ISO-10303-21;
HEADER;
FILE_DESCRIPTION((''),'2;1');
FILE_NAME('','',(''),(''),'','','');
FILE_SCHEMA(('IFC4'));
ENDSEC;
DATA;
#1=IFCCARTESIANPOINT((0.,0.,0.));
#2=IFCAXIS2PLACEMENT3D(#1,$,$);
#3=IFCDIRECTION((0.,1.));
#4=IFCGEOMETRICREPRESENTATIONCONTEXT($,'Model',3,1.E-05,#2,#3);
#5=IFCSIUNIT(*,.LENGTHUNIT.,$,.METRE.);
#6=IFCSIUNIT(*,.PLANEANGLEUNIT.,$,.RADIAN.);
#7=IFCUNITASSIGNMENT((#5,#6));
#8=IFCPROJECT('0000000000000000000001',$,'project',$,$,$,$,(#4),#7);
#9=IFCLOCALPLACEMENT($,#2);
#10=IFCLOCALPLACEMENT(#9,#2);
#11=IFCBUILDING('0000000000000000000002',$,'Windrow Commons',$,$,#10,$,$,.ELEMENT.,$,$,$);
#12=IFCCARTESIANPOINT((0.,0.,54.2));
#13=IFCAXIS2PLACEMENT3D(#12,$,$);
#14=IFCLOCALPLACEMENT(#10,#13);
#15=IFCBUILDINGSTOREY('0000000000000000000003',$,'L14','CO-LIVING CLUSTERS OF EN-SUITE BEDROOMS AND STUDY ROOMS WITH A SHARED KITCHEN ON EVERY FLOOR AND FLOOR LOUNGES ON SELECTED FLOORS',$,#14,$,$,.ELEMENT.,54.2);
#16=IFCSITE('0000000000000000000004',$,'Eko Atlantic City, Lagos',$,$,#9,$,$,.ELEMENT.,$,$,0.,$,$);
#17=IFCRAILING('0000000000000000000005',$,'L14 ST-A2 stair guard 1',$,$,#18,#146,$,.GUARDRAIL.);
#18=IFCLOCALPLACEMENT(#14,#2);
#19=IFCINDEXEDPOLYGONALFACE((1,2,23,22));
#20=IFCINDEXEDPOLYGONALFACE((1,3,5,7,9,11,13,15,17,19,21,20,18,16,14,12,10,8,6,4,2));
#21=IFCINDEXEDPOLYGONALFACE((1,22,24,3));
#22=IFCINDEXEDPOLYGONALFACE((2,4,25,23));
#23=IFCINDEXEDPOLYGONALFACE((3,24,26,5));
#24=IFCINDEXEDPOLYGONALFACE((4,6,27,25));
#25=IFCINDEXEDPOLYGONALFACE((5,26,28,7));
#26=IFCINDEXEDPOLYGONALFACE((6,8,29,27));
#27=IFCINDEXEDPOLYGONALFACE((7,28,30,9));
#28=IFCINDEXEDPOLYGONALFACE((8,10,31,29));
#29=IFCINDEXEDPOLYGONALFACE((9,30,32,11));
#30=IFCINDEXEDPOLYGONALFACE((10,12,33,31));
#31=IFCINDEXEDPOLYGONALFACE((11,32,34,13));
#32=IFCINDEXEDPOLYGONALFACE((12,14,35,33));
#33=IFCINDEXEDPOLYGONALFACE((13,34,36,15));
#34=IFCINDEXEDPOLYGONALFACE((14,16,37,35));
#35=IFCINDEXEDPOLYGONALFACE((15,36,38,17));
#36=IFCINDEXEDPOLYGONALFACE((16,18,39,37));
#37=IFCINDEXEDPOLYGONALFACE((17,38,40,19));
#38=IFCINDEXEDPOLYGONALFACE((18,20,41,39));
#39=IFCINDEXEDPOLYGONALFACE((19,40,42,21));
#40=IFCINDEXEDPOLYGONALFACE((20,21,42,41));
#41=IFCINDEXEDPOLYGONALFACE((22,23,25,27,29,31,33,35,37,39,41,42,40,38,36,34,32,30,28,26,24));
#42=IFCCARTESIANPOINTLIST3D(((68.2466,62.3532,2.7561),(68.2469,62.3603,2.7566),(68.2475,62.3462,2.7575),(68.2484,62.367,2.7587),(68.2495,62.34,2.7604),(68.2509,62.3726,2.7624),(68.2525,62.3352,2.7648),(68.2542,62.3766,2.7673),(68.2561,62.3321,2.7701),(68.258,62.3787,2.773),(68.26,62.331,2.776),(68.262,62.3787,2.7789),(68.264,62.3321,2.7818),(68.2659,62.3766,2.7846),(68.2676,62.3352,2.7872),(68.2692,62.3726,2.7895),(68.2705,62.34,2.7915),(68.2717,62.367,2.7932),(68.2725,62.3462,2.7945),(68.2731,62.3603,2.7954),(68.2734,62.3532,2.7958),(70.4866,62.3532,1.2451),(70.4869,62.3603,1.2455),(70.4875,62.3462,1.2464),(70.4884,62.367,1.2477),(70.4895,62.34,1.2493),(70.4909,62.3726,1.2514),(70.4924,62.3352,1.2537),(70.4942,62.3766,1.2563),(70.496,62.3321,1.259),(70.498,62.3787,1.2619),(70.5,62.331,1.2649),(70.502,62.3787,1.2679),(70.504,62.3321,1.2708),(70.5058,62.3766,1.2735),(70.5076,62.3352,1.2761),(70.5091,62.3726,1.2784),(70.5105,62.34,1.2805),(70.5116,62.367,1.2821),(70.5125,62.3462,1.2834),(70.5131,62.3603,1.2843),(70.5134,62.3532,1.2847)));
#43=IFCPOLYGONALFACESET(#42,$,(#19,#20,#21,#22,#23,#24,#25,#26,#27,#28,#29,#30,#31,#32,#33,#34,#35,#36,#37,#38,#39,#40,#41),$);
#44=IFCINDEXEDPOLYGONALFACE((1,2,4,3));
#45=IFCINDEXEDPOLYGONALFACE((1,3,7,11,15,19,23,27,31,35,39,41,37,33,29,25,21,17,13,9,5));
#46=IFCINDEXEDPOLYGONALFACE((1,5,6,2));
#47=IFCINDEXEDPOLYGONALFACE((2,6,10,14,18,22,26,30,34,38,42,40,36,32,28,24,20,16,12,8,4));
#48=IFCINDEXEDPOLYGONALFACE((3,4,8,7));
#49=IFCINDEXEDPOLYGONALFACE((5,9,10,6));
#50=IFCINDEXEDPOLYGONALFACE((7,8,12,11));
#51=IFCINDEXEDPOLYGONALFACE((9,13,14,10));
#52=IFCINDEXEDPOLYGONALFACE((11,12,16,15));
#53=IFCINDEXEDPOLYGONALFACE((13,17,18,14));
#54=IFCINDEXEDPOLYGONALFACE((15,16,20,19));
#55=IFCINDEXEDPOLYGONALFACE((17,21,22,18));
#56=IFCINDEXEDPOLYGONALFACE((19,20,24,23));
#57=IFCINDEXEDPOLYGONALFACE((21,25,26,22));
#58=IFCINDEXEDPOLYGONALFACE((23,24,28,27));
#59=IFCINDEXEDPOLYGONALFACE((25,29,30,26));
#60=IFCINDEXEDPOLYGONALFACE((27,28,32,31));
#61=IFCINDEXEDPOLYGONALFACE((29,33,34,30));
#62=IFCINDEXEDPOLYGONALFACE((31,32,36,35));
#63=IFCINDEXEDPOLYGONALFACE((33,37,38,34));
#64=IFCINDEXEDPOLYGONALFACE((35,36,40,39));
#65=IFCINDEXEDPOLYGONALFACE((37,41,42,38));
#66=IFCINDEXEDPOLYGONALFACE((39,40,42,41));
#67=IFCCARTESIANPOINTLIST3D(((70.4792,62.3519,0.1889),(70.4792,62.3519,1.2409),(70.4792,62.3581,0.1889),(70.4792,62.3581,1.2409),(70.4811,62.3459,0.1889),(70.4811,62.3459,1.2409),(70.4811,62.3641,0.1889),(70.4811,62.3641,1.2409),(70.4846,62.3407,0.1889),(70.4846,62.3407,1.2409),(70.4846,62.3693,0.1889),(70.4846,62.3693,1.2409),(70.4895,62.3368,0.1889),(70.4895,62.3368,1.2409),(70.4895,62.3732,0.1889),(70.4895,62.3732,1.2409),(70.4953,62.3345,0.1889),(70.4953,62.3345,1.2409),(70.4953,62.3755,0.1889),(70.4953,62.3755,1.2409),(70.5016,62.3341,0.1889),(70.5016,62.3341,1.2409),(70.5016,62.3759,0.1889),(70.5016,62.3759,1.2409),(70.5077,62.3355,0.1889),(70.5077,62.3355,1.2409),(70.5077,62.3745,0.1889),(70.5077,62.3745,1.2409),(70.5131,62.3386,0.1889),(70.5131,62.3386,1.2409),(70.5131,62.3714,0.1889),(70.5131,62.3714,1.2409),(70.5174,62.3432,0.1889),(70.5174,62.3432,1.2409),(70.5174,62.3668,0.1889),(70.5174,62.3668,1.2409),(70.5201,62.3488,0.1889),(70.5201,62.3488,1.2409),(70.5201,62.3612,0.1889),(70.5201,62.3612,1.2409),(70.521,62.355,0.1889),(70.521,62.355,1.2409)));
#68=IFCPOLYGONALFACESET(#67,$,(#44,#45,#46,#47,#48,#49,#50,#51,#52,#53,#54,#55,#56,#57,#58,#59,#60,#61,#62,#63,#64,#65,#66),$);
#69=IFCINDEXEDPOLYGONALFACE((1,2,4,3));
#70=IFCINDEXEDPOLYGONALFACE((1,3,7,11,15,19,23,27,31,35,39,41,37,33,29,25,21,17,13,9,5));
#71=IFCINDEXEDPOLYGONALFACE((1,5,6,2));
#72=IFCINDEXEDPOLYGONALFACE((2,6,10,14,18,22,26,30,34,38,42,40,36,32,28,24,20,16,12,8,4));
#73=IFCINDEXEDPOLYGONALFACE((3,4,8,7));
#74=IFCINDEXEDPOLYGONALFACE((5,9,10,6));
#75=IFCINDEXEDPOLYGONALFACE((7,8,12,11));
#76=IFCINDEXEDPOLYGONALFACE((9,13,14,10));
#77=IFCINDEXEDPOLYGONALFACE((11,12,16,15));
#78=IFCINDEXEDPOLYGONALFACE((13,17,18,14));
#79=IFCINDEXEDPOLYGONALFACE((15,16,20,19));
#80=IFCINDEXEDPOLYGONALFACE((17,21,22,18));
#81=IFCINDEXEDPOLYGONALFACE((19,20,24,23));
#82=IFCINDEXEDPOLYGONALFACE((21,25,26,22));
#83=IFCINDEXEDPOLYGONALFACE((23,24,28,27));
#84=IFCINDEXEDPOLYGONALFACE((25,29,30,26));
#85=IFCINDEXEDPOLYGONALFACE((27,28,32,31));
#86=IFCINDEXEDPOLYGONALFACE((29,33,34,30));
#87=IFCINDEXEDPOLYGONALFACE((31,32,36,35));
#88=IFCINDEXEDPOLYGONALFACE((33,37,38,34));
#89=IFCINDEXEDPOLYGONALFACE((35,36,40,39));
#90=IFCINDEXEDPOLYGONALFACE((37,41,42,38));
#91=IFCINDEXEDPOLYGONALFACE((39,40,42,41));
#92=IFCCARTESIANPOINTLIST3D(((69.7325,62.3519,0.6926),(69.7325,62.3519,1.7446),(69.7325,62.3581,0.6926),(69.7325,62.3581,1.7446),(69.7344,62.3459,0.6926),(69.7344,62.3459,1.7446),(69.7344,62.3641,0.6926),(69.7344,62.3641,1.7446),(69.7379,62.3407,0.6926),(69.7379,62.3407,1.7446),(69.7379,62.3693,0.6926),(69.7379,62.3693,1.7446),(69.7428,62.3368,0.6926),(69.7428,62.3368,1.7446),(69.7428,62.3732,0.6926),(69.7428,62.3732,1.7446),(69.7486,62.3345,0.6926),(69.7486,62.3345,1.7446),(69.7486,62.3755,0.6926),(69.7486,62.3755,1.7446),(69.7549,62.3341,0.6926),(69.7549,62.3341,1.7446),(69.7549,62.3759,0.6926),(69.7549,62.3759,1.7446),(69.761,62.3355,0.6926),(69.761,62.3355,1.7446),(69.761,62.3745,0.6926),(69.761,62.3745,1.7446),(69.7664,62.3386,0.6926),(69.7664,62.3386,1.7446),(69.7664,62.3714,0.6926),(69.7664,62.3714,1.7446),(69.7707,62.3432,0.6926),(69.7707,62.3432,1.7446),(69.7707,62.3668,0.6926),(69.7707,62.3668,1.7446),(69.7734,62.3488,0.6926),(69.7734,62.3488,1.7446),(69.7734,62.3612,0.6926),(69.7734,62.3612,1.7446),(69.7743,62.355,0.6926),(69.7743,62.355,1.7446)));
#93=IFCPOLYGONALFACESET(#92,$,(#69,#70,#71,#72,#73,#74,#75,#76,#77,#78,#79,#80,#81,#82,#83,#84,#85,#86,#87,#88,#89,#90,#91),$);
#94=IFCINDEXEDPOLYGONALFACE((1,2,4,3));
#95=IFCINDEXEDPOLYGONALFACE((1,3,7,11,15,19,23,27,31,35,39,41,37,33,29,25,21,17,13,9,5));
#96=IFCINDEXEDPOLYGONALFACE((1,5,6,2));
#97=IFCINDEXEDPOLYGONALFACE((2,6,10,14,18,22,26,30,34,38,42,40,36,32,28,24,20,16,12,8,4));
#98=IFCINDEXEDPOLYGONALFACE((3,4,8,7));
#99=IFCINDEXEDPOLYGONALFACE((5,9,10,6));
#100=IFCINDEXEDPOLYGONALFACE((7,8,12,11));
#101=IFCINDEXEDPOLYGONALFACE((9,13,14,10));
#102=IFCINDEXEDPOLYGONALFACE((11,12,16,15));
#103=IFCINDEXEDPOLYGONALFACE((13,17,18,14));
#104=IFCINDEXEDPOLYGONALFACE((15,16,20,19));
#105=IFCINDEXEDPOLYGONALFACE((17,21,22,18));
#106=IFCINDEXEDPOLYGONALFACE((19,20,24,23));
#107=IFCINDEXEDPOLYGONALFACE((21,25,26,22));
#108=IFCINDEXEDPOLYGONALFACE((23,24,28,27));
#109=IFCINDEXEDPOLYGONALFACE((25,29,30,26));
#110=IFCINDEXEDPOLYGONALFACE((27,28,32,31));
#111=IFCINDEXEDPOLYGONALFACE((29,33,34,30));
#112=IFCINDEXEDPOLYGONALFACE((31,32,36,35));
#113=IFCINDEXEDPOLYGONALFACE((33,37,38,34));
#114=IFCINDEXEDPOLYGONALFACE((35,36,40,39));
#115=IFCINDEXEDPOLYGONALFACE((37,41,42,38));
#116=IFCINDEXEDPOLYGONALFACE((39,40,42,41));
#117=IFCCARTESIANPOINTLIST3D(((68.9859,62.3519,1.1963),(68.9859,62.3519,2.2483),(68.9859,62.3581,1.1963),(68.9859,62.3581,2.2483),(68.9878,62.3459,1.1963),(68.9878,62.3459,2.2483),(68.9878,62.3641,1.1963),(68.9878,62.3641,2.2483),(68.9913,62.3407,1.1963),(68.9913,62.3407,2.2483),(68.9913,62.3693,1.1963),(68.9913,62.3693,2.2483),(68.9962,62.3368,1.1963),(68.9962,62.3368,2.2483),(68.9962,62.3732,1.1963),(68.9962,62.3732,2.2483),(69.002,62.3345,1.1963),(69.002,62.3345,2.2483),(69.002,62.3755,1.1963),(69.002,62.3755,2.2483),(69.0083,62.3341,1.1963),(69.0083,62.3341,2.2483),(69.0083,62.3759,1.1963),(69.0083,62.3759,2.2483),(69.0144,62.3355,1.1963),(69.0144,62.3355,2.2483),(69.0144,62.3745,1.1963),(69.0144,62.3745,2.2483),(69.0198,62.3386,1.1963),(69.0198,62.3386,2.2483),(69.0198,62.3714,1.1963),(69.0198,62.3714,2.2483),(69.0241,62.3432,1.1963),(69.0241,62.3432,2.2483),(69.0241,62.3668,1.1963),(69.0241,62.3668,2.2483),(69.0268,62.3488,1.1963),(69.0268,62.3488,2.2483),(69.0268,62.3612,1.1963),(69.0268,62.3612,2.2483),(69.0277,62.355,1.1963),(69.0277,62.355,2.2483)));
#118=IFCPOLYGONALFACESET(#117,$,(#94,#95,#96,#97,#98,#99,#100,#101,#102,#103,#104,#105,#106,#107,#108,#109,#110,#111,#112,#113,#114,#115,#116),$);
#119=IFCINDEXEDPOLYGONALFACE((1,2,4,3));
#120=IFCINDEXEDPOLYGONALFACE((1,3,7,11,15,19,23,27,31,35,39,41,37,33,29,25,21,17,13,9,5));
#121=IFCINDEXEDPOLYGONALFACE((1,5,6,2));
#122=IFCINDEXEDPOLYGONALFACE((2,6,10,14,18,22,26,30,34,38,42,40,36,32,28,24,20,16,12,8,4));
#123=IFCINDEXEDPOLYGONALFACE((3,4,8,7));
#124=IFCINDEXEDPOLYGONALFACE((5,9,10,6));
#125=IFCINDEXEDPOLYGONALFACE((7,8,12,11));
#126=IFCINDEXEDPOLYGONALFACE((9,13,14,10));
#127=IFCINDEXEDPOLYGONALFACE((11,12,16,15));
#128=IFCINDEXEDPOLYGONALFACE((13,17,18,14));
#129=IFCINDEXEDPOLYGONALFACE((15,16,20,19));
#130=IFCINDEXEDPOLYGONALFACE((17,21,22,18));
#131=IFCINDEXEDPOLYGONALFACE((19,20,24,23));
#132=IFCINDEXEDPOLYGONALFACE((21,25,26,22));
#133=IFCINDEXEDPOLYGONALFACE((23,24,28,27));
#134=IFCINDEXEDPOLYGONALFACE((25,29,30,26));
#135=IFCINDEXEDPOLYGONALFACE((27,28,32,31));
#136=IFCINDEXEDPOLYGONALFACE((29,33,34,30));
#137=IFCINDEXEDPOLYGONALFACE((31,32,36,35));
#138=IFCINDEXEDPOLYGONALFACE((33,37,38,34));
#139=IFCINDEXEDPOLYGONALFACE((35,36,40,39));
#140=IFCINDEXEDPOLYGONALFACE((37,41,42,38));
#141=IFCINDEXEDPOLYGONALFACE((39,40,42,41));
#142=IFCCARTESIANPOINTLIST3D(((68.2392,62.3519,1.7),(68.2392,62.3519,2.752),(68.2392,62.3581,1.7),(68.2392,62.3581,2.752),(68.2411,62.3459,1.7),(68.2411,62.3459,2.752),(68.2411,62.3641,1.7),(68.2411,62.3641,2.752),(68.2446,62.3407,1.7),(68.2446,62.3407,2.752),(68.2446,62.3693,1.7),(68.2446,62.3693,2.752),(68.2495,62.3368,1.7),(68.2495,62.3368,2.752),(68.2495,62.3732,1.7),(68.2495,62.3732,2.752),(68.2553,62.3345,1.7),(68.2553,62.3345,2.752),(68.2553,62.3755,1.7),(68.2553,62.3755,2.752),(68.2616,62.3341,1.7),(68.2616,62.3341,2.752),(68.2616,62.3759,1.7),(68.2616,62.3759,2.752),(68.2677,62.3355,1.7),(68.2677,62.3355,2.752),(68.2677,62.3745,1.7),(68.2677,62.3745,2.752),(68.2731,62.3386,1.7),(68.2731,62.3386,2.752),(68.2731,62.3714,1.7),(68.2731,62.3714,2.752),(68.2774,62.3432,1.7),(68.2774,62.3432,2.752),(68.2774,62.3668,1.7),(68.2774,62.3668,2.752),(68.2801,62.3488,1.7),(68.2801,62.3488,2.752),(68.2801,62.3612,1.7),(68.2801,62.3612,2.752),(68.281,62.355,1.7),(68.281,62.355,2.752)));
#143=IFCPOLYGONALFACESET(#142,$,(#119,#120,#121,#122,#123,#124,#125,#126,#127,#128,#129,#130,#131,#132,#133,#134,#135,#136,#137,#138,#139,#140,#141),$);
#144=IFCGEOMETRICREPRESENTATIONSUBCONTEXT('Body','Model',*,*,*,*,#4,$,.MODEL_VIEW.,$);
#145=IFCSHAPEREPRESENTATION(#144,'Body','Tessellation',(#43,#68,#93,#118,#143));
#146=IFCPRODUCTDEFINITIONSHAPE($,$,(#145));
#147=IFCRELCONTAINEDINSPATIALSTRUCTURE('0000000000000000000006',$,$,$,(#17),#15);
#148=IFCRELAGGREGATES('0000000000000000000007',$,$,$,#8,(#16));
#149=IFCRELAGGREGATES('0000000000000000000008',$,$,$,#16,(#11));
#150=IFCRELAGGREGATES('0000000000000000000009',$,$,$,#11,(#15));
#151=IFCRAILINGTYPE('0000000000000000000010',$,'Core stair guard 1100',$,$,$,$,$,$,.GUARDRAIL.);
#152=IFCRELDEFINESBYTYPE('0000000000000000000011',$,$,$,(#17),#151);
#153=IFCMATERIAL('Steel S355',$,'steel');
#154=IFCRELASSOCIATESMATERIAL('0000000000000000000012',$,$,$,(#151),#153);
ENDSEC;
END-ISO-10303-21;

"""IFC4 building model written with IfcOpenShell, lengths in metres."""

from ifc_helpers import new_model, si_unit, direction, frame, origin, origin_2d, place, context, subcontext, project, spatial, circle, extrude, material, type_object, element, save


model = new_model("IFC4")

# Units and contexts
model_context = context("Model", 3, precision=1e-05, world=origin(), true_north=direction((0.0, 1.0)))
body_context = subcontext(model_context, "Body", "Model", "MODEL_VIEW")
ifc_project = project(units=[si_unit("LENGTHUNIT", "METRE"), si_unit("PLANEANGLEUNIT", "RADIAN")], contexts=[model_context])

# Site, building, storey
site_placement = place(None, origin())
site = spatial("IfcSite", under=ifc_project, at=site_placement, Name="Eko Atlantic City, Lagos", CompositionType="ELEMENT", RefElevation=0.0)
building_placement = place(site_placement, origin())
building = spatial("IfcBuilding", under=site, at=building_placement, Name="Windrow Commons", CompositionType="ELEMENT")
storey_placement = place(building_placement, frame((0.0, 0.0, 54.2)))
storey = spatial("IfcBuildingStorey", under=building, at=storey_placement, Name="L14", Description="CO-LIVING CLUSTERS OF EN-SUITE BEDROOMS AND STUDY ROOMS WITH A SHARED KITCHEN ON EVERY FLOOR AND FLOOR LOUNGES ON SELECTED FLOORS", CompositionType="ELEMENT", Elevation=54.2)

# Railing
ifc_material_1 = material(Name="Steel S355", Category="steel")
railing_type_1 = type_object("IfcRailingType", Name="Core stair guard 1100", PredefinedType="GUARDRAIL", material=ifc_material_1)
railing_1_placement = place(storey_placement, frame((70.5, 62.355, 0.1889)))
element("IfcRailing", 1, at=railing_1_placement, inside=storey, type_object=railing_type_1, Name="L14 ST-A2 stair guard 1", PredefinedType="GUARDRAIL", context=body_context, shape_type="SweptSolid", body=[
    extrude(circle(Radius=0.024, at=origin_2d()), frame((0.0, 0.0, 1.076), z_axis=(-0.829003, 0.0, 0.559244), x_axis=(0.0, -1.0, 0.0)), (0.0, 0.0, 1.0), 2.702),
    extrude(circle(Radius=0.021, at=origin_2d()), origin(), (0.0, 0.0, 1.0), 1.052),
    extrude(circle(Radius=0.021, at=origin_2d()), frame((-0.7467, 0.0, 0.5037)), (0.0, 0.0, 1.0), 1.052),
    extrude(circle(Radius=0.021, at=origin_2d()), frame((-1.4933, 0.0, 1.0074)), (0.0, 0.0, 1.0), 1.052),
    extrude(circle(Radius=0.021, at=origin_2d()), frame((-2.24, 0.0, 1.5111)), (0.0, 0.0, 1.0), 1.052),
])

save(model, "model.ifc")
